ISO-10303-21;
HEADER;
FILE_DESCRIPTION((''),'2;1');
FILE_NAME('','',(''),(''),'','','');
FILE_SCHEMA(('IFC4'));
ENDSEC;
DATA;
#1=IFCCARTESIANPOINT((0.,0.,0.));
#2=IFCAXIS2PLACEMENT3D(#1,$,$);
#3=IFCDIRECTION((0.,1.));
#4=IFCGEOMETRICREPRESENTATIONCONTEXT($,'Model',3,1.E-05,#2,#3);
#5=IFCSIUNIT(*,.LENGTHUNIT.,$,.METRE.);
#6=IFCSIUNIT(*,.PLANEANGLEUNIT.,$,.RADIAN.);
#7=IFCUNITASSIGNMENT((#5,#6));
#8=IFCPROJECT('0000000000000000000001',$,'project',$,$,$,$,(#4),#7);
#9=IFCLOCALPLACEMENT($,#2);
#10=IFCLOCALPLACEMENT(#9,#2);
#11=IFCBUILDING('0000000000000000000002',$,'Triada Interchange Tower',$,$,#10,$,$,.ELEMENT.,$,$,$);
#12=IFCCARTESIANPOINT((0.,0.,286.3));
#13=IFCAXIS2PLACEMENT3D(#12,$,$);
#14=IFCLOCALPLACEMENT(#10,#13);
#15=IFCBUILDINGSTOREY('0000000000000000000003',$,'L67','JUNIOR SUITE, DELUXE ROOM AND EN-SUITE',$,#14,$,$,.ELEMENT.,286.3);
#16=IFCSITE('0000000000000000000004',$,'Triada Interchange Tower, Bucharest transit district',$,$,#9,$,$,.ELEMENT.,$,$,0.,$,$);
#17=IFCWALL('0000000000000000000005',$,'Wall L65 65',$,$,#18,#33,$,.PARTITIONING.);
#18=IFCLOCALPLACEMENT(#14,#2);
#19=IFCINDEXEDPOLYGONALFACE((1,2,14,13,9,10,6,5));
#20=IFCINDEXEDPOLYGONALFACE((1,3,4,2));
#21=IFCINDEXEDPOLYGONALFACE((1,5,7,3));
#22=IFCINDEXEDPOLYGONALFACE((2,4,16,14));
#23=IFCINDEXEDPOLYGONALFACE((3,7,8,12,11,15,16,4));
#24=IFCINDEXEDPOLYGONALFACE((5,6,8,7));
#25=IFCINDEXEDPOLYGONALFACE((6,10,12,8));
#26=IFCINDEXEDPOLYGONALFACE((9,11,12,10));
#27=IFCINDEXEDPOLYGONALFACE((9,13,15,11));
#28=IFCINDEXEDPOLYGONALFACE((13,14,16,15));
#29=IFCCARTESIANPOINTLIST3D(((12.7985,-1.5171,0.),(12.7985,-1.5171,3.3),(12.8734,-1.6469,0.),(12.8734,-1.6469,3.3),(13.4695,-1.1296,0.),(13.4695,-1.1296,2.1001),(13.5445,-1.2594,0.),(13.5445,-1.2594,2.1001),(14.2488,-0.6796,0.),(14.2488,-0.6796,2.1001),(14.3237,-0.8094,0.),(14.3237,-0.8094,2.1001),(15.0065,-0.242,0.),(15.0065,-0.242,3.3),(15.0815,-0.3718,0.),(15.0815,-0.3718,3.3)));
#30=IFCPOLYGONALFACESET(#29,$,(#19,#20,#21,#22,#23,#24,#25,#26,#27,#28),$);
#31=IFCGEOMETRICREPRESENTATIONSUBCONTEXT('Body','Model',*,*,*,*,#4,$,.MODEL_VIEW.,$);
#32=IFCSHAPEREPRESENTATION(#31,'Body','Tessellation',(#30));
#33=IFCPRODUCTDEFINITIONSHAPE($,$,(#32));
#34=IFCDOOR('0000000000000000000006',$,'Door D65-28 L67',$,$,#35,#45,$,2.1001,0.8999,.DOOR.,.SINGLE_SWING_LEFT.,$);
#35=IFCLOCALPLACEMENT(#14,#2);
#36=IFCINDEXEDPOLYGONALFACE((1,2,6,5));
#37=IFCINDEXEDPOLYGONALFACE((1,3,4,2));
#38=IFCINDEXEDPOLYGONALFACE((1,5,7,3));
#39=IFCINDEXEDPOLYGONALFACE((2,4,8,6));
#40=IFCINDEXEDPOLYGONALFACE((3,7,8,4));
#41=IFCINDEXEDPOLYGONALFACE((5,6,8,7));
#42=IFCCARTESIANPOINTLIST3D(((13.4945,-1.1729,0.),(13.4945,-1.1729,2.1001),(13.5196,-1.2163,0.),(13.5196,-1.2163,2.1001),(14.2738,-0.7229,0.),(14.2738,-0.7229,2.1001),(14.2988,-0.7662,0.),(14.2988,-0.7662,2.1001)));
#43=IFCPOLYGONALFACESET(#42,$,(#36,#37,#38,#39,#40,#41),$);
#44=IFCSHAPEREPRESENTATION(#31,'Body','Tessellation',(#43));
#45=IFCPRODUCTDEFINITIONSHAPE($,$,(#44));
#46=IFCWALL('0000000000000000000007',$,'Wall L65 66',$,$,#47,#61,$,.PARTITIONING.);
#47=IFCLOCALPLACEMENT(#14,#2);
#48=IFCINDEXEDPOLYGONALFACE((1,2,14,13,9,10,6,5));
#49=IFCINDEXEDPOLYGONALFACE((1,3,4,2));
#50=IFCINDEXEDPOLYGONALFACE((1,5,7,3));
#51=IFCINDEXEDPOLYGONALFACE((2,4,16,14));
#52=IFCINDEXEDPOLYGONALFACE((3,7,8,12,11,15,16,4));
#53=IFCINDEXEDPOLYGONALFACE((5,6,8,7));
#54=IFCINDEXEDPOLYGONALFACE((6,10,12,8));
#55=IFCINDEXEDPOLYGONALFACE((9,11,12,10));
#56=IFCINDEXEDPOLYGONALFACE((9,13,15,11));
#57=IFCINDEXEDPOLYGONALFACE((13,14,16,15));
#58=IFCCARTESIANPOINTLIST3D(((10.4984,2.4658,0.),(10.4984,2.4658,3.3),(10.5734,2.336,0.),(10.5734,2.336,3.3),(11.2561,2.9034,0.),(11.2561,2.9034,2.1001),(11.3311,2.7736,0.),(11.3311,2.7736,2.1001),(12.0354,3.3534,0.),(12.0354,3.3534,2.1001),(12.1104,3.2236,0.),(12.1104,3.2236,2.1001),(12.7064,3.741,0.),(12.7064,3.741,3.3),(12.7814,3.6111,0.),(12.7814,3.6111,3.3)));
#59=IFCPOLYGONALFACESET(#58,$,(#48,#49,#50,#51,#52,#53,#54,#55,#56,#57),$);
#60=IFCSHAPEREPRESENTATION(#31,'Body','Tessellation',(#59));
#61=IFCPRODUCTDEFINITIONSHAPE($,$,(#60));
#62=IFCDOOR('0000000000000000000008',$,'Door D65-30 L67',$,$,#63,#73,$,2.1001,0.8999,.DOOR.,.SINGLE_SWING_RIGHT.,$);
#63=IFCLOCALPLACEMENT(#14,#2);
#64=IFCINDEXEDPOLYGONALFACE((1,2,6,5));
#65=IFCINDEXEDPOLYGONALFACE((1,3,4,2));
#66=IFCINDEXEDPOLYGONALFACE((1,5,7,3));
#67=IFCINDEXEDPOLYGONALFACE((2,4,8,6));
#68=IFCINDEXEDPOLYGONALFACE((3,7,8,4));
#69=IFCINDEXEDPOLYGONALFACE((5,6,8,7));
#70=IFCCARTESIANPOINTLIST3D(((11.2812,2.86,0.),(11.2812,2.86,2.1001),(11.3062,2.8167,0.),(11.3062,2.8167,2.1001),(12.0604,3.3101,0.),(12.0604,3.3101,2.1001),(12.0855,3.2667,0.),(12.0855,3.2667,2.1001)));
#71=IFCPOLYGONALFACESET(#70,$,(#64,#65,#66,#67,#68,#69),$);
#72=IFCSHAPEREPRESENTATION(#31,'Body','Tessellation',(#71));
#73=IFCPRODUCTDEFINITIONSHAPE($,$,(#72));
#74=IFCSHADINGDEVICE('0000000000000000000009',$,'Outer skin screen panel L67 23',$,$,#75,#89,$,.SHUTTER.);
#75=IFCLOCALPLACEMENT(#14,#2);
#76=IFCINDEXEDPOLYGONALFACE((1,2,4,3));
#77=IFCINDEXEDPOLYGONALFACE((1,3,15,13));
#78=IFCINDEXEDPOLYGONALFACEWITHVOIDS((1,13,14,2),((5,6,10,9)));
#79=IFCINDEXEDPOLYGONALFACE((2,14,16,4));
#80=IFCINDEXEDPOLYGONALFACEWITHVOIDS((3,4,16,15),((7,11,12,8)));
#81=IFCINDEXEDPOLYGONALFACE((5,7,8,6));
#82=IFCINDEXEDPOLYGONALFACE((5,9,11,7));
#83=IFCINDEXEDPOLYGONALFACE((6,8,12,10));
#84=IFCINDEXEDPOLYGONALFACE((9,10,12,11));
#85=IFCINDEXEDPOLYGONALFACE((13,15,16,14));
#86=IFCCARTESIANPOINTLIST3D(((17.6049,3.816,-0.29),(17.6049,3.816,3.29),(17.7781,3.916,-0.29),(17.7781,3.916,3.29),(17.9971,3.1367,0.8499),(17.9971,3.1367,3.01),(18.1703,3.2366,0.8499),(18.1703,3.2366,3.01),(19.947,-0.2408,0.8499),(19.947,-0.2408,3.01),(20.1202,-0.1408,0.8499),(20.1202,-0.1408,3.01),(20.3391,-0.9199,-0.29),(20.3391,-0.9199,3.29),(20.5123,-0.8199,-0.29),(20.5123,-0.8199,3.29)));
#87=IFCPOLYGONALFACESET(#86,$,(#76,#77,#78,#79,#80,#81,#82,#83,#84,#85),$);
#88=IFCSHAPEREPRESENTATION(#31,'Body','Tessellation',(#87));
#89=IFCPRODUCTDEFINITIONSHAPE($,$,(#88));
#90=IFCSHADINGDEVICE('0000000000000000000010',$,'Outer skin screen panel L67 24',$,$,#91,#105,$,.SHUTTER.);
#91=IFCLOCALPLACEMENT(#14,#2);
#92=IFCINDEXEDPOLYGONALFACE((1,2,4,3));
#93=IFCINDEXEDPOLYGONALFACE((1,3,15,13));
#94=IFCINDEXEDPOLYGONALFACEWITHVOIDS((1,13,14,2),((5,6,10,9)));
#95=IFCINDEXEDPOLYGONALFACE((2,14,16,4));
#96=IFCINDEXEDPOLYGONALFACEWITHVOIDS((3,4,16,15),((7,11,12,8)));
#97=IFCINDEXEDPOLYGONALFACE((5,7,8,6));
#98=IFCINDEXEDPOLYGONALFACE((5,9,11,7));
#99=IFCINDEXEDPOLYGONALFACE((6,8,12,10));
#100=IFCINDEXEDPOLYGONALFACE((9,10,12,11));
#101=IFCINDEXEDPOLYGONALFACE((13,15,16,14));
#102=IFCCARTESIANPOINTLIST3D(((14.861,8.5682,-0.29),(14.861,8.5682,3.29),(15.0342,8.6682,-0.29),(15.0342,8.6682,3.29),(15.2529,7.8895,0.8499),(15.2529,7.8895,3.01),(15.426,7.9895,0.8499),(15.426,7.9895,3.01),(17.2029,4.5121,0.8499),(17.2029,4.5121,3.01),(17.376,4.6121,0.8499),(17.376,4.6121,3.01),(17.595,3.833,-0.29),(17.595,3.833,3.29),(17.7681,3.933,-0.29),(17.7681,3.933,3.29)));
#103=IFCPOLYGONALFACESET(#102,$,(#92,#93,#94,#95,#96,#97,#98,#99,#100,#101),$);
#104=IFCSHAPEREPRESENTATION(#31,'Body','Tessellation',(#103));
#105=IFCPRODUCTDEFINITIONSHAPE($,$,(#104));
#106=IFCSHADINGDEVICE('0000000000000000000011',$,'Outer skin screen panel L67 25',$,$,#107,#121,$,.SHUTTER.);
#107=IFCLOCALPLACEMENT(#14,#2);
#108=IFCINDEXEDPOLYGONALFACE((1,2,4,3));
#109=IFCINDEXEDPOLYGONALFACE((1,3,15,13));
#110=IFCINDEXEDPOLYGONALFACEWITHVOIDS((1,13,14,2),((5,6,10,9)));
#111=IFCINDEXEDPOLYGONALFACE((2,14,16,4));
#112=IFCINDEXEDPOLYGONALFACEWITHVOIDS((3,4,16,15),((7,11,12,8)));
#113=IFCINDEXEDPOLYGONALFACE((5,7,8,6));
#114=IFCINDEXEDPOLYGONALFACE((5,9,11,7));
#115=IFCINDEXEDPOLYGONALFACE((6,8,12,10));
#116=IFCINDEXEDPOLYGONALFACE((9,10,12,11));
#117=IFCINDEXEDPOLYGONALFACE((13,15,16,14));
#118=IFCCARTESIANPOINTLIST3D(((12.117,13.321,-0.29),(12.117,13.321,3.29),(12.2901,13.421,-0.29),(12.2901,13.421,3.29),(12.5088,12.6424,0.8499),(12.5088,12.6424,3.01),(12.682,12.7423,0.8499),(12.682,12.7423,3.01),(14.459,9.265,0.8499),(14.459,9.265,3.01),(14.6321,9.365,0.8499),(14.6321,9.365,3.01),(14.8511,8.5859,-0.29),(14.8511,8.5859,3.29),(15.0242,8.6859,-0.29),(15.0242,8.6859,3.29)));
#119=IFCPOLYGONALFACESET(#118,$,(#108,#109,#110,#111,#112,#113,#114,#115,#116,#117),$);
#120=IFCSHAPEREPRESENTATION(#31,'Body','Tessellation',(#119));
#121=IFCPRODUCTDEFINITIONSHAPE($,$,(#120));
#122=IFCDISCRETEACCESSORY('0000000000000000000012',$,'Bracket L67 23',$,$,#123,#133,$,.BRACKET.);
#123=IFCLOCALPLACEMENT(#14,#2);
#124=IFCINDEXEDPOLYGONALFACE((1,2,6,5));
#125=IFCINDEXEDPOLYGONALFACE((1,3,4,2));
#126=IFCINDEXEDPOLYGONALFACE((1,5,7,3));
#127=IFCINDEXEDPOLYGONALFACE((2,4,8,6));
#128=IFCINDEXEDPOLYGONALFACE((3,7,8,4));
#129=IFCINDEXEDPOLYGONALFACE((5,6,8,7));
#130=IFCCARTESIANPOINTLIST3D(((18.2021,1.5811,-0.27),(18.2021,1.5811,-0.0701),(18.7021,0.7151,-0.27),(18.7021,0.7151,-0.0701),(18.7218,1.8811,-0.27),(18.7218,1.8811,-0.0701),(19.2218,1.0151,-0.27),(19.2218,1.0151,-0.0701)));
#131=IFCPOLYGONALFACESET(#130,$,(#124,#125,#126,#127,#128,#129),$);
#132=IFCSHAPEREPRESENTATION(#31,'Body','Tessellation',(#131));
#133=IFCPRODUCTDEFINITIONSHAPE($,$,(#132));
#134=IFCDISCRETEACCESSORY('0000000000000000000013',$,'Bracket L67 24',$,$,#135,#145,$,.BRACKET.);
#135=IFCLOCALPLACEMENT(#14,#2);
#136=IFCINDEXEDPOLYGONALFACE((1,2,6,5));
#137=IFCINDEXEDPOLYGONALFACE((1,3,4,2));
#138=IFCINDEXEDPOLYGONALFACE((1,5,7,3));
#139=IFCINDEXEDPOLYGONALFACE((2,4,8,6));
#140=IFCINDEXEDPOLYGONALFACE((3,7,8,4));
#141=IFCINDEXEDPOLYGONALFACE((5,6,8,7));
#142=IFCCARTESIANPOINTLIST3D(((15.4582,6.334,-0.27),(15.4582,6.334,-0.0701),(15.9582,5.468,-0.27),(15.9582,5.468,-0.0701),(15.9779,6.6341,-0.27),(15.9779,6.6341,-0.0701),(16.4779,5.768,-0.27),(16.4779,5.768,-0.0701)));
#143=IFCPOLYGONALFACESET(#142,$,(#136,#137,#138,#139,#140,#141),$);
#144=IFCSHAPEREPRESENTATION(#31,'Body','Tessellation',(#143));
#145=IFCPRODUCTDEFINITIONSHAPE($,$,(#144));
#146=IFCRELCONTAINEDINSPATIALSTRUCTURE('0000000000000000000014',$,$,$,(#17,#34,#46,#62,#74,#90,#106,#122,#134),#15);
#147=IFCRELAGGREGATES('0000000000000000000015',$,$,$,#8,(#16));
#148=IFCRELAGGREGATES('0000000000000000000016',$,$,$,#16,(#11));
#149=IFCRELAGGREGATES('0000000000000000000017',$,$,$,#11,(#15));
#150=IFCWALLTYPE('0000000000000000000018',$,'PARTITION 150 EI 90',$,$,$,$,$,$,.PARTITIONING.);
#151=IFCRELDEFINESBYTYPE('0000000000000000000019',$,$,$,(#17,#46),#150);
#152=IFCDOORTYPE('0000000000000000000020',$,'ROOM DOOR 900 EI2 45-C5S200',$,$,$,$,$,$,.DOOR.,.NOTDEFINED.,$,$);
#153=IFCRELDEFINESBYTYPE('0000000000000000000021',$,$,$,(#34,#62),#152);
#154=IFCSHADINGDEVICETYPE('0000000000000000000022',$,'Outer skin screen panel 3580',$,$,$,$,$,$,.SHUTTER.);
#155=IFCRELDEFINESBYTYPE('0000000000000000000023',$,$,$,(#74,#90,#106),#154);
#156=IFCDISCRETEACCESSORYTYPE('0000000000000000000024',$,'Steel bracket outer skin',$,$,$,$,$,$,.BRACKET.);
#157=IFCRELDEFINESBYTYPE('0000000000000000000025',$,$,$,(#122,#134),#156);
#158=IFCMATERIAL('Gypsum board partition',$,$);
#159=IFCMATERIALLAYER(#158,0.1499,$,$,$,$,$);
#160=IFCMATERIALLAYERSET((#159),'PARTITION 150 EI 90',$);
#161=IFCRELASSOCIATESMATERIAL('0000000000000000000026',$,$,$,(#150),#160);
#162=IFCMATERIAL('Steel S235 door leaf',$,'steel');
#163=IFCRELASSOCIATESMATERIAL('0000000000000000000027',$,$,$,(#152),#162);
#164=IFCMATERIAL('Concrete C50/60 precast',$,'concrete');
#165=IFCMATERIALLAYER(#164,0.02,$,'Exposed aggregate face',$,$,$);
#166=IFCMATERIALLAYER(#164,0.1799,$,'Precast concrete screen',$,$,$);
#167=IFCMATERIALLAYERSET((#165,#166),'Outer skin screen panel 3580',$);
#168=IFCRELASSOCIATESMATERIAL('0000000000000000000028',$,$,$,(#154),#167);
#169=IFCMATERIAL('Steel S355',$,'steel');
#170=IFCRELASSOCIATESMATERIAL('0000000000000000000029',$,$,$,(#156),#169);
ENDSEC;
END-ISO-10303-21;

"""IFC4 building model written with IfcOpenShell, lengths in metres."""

from ifc_helpers import new_model, si_unit, direction, frame, frame_2d, origin, origin_2d, place, context, subcontext, project, spatial, polyline, rectangle, outline, extrude, material, layer, layer_set, type_object, element, fill, save


model = new_model("IFC4")

# Units and contexts
model_context = context("Model", 3, precision=1e-05, world=origin(), true_north=direction((0.0, 1.0)))
body_context = subcontext(model_context, "Body", "Model", "MODEL_VIEW")
ifc_project = project(units=[si_unit("LENGTHUNIT", "METRE"), si_unit("PLANEANGLEUNIT", "RADIAN")], contexts=[model_context])

# Site, building, storey
site_placement = place(None, origin())
site = spatial("IfcSite", under=ifc_project, at=site_placement, Name="Triada Interchange Tower, Bucharest transit district", CompositionType="ELEMENT", RefElevation=0.0)
building_placement = place(site_placement, origin())
building = spatial("IfcBuilding", under=site, at=building_placement, Name="Triada Interchange Tower", CompositionType="ELEMENT")
storey_placement = place(building_placement, frame((0.0, 0.0, 286.3)))
storey = spatial("IfcBuildingStorey", under=building, at=storey_placement, Name="L67", Description="JUNIOR SUITE, DELUXE ROOM AND EN-SUITE", CompositionType="ELEMENT", Elevation=286.3)

# Shared definitions
ifc_material_1 = material(Name="Gypsum board partition")

# Shared definitions
ifc_layer_1 = layer(ifc_material_1, 0.1499)
ifc_layer_set_1 = layer_set([ifc_layer_1], Name="PARTITION 150 EI 90")
wall_type_1 = type_object("IfcWallType", Name="PARTITION 150 EI 90", PredefinedType="PARTITIONING", material=ifc_layer_set_1)
ifc_material_2 = material(Name="Steel S235 door leaf", Category="steel")
door_type = type_object("IfcDoorType", Name="ROOM DOOR 900 EI2 45-C5S200", OperationType="NOTDEFINED", PredefinedType="DOOR", material=ifc_material_2)

# Walls, openings, doors
wall_1_placement = place(storey_placement, frame((12.8359, -1.582, 0.0), z_axis=(0.0, 0.0, 1.0), x_axis=(0.865966, 0.500104, 0.0)))
wall_1 = element("IfcWall", 1, at=wall_1_placement, inside=storey, type_object=wall_type_1, Name="Wall L65 65", PredefinedType="PARTITIONING", context=body_context, shape_type="SweptSolid", body=[
    extrude(rectangle(XDim=2.5498, YDim=0.1499, at=frame_2d((1.2749, 0.0))), origin(), (0.0, 0.0, 1.0), 3.3),
])
opening_1_placement = place(wall_1_placement, frame((0.7749, 0.0, 0.0)))
opening_1 = element("IfcOpeningElement", 2, at=opening_1_placement, cuts=wall_1, PredefinedType="OPENING", context=body_context, shape_type="SweptSolid", body=[
    extrude(rectangle(XDim=0.8999, YDim=2.1001, at=frame_2d((0.45, 1.05))), frame((0.0, 0.085, 0.0), z_axis=(0.0, -1.0, 0.0), x_axis=(1.0, 0.0, 0.0)), (0.0, 0.0, 1.0), 0.1699),
])
door_1_placement = place(opening_1_placement, origin())
door_1 = element("IfcDoor", 3, at=door_1_placement, inside=storey, type_object=door_type, Name="Door D65-28 L67", OperationType="SINGLE_SWING_LEFT", OverallHeight=2.1001, OverallWidth=0.8999, PredefinedType="DOOR", context=body_context, shape_type="SweptSolid", body=[
    extrude(rectangle(XDim=0.8999, YDim=2.1001, at=frame_2d((0.45, 1.05))), frame((0.0, 0.0249, 0.0), z_axis=(0.0, -1.0, 0.0), x_axis=(1.0, 0.0, 0.0)), (0.0, 0.0, 1.0), 0.05),
])
fill(opening_1, door_1)
wall_2_placement = place(storey_placement, frame((10.5359, 2.4009, 0.0), z_axis=(0.0, 0.0, 1.0), x_axis=(0.865966, 0.500104, 0.0)))
wall_2 = element("IfcWall", 4, at=wall_2_placement, inside=storey, type_object=wall_type_1, Name="Wall L65 66", PredefinedType="PARTITIONING", context=body_context, shape_type="SweptSolid", body=[
    extrude(rectangle(XDim=2.5498, YDim=0.1499, at=frame_2d((1.2749, 0.0))), origin(), (0.0, 0.0, 1.0), 3.3),
])
opening_2_placement = place(wall_2_placement, frame((0.875, 0.0, 0.0)))
opening_2 = element("IfcOpeningElement", 5, at=opening_2_placement, cuts=wall_2, PredefinedType="OPENING", context=body_context, shape_type="SweptSolid", body=[
    extrude(rectangle(XDim=0.8999, YDim=2.1001, at=frame_2d((0.45, 1.05))), frame((0.0, 0.085, 0.0), z_axis=(0.0, -1.0, 0.0), x_axis=(1.0, 0.0, 0.0)), (0.0, 0.0, 1.0), 0.1699),
])
door_2_placement = place(opening_2_placement, origin())
door_2 = element("IfcDoor", 6, at=door_2_placement, inside=storey, type_object=door_type, Name="Door D65-30 L67", OperationType="SINGLE_SWING_RIGHT", OverallHeight=2.1001, OverallWidth=0.8999, PredefinedType="DOOR", context=body_context, shape_type="SweptSolid", body=[
    extrude(rectangle(XDim=0.8999, YDim=2.1001, at=frame_2d((0.45, 1.05))), frame((0.0, 0.0249, 0.0), z_axis=(0.0, -1.0, 0.0), x_axis=(1.0, 0.0, 0.0)), (0.0, 0.0, 1.0), 0.05),
])
fill(opening_2, door_2)

# Shading devices
ifc_material_3 = material(Name="Concrete C50/60 precast", Category="concrete")
ifc_layer_2 = layer(ifc_material_3, 0.02, Name="Exposed aggregate face")
ifc_layer_3 = layer(ifc_material_3, 0.1799, Name="Precast concrete screen")
ifc_layer_set_2 = layer_set([ifc_layer_2, ifc_layer_3], Name="Outer skin screen panel 3580")
shading_device_type = type_object("IfcShadingDeviceType", Name="Outer skin screen panel 3580", PredefinedType="SHUTTER", material=ifc_layer_set_2)
shading_device_placement = place(storey_placement, frame((20.3391, -0.9199, -0.29), z_axis=(0.0, 0.0, 1.0), x_axis=(-0.499985, 0.866034, 0.0)))
element("IfcShadingDevice", 7, at=shading_device_placement, inside=storey, type_object=shading_device_type, Name="Outer skin screen panel L67 23", PredefinedType="SHUTTER", context=body_context, shape_type="SweptSolid", body=[
    extrude(outline(polyline([(0.0, 0.0), (5.4685, 0.0), (5.4685, 3.5801), (0.0, 3.5801), (0.0, 0.0)]), holes=[polyline([(0.7842, 1.1399), (0.7842, 3.3), (4.6841, 3.3), (4.6841, 1.1399), (0.7842, 1.1399)])]), frame((0.0, 0.0, 0.0), z_axis=(0.0, -1.0, 0.0), x_axis=(1.0, 0.0, 0.0)), (0.0, 0.0, 1.0), 0.2),
])
for number, where, z_axis, x_axis, name in (
    (8, (17.595, 3.833, -0.29), (0.0, 0.0, 1.0), (-0.50001, 0.86602, 0.0), "Outer skin screen panel L67 24"),
    (9, (14.8511, 8.5859, -0.29), (0.0, 0.0, 1.0), (-0.500043, 0.866, 0.0), "Outer skin screen panel L67 25"),
):
    element("IfcShadingDevice", number, at=place(storey_placement, frame(where, z_axis=z_axis, x_axis=x_axis)), inside=storey, type_object=shading_device_type, Name=name, PredefinedType="SHUTTER", context=body_context, shape_type="SweptSolid", body=[
        extrude(outline(polyline([(0.0, 0.0), (5.4678, 0.0), (5.4678, 3.5801), (0.0, 3.5801), (0.0, 0.0)]), holes=[polyline([(0.7842, 1.1399), (0.7842, 3.3), (4.6841, 3.3), (4.6841, 1.1399), (0.7842, 1.1399)])]), frame((0.0, 0.0, 0.0), z_axis=(0.0, -1.0, 0.0), x_axis=(1.0, 0.0, 0.0)), (0.0, 0.0, 1.0), 0.2),
    ])

# Discrete accessories
ifc_material_4 = material(Name="Steel S355", Category="steel")
discrete_accessory_type = type_object("IfcDiscreteAccessoryType", Name="Steel bracket outer skin", PredefinedType="BRACKET", material=ifc_material_4)
for number, where, z_axis, x_axis, name in (
    (10, (18.7119, 1.2981, -0.27), (0.0, 0.0, 1.0), (0.866024, 0.500002, 0.0), "Bracket L67 23"),
    (11, (15.968, 6.051, -0.27), (0.0, 0.0, 1.0), (0.866024, 0.500002, 0.0), "Bracket L67 24"),
):
    element("IfcDiscreteAccessory", number, at=place(storey_placement, frame(where, z_axis=z_axis, x_axis=x_axis)), inside=storey, type_object=discrete_accessory_type, Name=name, PredefinedType="BRACKET", context=body_context, shape_type="SweptSolid", body=[
        extrude(rectangle(XDim=0.6001, YDim=1.0, at=origin_2d()), origin(), (0.0, 0.0, 1.0), 0.2),
    ])

save(model, "model.ifc")
